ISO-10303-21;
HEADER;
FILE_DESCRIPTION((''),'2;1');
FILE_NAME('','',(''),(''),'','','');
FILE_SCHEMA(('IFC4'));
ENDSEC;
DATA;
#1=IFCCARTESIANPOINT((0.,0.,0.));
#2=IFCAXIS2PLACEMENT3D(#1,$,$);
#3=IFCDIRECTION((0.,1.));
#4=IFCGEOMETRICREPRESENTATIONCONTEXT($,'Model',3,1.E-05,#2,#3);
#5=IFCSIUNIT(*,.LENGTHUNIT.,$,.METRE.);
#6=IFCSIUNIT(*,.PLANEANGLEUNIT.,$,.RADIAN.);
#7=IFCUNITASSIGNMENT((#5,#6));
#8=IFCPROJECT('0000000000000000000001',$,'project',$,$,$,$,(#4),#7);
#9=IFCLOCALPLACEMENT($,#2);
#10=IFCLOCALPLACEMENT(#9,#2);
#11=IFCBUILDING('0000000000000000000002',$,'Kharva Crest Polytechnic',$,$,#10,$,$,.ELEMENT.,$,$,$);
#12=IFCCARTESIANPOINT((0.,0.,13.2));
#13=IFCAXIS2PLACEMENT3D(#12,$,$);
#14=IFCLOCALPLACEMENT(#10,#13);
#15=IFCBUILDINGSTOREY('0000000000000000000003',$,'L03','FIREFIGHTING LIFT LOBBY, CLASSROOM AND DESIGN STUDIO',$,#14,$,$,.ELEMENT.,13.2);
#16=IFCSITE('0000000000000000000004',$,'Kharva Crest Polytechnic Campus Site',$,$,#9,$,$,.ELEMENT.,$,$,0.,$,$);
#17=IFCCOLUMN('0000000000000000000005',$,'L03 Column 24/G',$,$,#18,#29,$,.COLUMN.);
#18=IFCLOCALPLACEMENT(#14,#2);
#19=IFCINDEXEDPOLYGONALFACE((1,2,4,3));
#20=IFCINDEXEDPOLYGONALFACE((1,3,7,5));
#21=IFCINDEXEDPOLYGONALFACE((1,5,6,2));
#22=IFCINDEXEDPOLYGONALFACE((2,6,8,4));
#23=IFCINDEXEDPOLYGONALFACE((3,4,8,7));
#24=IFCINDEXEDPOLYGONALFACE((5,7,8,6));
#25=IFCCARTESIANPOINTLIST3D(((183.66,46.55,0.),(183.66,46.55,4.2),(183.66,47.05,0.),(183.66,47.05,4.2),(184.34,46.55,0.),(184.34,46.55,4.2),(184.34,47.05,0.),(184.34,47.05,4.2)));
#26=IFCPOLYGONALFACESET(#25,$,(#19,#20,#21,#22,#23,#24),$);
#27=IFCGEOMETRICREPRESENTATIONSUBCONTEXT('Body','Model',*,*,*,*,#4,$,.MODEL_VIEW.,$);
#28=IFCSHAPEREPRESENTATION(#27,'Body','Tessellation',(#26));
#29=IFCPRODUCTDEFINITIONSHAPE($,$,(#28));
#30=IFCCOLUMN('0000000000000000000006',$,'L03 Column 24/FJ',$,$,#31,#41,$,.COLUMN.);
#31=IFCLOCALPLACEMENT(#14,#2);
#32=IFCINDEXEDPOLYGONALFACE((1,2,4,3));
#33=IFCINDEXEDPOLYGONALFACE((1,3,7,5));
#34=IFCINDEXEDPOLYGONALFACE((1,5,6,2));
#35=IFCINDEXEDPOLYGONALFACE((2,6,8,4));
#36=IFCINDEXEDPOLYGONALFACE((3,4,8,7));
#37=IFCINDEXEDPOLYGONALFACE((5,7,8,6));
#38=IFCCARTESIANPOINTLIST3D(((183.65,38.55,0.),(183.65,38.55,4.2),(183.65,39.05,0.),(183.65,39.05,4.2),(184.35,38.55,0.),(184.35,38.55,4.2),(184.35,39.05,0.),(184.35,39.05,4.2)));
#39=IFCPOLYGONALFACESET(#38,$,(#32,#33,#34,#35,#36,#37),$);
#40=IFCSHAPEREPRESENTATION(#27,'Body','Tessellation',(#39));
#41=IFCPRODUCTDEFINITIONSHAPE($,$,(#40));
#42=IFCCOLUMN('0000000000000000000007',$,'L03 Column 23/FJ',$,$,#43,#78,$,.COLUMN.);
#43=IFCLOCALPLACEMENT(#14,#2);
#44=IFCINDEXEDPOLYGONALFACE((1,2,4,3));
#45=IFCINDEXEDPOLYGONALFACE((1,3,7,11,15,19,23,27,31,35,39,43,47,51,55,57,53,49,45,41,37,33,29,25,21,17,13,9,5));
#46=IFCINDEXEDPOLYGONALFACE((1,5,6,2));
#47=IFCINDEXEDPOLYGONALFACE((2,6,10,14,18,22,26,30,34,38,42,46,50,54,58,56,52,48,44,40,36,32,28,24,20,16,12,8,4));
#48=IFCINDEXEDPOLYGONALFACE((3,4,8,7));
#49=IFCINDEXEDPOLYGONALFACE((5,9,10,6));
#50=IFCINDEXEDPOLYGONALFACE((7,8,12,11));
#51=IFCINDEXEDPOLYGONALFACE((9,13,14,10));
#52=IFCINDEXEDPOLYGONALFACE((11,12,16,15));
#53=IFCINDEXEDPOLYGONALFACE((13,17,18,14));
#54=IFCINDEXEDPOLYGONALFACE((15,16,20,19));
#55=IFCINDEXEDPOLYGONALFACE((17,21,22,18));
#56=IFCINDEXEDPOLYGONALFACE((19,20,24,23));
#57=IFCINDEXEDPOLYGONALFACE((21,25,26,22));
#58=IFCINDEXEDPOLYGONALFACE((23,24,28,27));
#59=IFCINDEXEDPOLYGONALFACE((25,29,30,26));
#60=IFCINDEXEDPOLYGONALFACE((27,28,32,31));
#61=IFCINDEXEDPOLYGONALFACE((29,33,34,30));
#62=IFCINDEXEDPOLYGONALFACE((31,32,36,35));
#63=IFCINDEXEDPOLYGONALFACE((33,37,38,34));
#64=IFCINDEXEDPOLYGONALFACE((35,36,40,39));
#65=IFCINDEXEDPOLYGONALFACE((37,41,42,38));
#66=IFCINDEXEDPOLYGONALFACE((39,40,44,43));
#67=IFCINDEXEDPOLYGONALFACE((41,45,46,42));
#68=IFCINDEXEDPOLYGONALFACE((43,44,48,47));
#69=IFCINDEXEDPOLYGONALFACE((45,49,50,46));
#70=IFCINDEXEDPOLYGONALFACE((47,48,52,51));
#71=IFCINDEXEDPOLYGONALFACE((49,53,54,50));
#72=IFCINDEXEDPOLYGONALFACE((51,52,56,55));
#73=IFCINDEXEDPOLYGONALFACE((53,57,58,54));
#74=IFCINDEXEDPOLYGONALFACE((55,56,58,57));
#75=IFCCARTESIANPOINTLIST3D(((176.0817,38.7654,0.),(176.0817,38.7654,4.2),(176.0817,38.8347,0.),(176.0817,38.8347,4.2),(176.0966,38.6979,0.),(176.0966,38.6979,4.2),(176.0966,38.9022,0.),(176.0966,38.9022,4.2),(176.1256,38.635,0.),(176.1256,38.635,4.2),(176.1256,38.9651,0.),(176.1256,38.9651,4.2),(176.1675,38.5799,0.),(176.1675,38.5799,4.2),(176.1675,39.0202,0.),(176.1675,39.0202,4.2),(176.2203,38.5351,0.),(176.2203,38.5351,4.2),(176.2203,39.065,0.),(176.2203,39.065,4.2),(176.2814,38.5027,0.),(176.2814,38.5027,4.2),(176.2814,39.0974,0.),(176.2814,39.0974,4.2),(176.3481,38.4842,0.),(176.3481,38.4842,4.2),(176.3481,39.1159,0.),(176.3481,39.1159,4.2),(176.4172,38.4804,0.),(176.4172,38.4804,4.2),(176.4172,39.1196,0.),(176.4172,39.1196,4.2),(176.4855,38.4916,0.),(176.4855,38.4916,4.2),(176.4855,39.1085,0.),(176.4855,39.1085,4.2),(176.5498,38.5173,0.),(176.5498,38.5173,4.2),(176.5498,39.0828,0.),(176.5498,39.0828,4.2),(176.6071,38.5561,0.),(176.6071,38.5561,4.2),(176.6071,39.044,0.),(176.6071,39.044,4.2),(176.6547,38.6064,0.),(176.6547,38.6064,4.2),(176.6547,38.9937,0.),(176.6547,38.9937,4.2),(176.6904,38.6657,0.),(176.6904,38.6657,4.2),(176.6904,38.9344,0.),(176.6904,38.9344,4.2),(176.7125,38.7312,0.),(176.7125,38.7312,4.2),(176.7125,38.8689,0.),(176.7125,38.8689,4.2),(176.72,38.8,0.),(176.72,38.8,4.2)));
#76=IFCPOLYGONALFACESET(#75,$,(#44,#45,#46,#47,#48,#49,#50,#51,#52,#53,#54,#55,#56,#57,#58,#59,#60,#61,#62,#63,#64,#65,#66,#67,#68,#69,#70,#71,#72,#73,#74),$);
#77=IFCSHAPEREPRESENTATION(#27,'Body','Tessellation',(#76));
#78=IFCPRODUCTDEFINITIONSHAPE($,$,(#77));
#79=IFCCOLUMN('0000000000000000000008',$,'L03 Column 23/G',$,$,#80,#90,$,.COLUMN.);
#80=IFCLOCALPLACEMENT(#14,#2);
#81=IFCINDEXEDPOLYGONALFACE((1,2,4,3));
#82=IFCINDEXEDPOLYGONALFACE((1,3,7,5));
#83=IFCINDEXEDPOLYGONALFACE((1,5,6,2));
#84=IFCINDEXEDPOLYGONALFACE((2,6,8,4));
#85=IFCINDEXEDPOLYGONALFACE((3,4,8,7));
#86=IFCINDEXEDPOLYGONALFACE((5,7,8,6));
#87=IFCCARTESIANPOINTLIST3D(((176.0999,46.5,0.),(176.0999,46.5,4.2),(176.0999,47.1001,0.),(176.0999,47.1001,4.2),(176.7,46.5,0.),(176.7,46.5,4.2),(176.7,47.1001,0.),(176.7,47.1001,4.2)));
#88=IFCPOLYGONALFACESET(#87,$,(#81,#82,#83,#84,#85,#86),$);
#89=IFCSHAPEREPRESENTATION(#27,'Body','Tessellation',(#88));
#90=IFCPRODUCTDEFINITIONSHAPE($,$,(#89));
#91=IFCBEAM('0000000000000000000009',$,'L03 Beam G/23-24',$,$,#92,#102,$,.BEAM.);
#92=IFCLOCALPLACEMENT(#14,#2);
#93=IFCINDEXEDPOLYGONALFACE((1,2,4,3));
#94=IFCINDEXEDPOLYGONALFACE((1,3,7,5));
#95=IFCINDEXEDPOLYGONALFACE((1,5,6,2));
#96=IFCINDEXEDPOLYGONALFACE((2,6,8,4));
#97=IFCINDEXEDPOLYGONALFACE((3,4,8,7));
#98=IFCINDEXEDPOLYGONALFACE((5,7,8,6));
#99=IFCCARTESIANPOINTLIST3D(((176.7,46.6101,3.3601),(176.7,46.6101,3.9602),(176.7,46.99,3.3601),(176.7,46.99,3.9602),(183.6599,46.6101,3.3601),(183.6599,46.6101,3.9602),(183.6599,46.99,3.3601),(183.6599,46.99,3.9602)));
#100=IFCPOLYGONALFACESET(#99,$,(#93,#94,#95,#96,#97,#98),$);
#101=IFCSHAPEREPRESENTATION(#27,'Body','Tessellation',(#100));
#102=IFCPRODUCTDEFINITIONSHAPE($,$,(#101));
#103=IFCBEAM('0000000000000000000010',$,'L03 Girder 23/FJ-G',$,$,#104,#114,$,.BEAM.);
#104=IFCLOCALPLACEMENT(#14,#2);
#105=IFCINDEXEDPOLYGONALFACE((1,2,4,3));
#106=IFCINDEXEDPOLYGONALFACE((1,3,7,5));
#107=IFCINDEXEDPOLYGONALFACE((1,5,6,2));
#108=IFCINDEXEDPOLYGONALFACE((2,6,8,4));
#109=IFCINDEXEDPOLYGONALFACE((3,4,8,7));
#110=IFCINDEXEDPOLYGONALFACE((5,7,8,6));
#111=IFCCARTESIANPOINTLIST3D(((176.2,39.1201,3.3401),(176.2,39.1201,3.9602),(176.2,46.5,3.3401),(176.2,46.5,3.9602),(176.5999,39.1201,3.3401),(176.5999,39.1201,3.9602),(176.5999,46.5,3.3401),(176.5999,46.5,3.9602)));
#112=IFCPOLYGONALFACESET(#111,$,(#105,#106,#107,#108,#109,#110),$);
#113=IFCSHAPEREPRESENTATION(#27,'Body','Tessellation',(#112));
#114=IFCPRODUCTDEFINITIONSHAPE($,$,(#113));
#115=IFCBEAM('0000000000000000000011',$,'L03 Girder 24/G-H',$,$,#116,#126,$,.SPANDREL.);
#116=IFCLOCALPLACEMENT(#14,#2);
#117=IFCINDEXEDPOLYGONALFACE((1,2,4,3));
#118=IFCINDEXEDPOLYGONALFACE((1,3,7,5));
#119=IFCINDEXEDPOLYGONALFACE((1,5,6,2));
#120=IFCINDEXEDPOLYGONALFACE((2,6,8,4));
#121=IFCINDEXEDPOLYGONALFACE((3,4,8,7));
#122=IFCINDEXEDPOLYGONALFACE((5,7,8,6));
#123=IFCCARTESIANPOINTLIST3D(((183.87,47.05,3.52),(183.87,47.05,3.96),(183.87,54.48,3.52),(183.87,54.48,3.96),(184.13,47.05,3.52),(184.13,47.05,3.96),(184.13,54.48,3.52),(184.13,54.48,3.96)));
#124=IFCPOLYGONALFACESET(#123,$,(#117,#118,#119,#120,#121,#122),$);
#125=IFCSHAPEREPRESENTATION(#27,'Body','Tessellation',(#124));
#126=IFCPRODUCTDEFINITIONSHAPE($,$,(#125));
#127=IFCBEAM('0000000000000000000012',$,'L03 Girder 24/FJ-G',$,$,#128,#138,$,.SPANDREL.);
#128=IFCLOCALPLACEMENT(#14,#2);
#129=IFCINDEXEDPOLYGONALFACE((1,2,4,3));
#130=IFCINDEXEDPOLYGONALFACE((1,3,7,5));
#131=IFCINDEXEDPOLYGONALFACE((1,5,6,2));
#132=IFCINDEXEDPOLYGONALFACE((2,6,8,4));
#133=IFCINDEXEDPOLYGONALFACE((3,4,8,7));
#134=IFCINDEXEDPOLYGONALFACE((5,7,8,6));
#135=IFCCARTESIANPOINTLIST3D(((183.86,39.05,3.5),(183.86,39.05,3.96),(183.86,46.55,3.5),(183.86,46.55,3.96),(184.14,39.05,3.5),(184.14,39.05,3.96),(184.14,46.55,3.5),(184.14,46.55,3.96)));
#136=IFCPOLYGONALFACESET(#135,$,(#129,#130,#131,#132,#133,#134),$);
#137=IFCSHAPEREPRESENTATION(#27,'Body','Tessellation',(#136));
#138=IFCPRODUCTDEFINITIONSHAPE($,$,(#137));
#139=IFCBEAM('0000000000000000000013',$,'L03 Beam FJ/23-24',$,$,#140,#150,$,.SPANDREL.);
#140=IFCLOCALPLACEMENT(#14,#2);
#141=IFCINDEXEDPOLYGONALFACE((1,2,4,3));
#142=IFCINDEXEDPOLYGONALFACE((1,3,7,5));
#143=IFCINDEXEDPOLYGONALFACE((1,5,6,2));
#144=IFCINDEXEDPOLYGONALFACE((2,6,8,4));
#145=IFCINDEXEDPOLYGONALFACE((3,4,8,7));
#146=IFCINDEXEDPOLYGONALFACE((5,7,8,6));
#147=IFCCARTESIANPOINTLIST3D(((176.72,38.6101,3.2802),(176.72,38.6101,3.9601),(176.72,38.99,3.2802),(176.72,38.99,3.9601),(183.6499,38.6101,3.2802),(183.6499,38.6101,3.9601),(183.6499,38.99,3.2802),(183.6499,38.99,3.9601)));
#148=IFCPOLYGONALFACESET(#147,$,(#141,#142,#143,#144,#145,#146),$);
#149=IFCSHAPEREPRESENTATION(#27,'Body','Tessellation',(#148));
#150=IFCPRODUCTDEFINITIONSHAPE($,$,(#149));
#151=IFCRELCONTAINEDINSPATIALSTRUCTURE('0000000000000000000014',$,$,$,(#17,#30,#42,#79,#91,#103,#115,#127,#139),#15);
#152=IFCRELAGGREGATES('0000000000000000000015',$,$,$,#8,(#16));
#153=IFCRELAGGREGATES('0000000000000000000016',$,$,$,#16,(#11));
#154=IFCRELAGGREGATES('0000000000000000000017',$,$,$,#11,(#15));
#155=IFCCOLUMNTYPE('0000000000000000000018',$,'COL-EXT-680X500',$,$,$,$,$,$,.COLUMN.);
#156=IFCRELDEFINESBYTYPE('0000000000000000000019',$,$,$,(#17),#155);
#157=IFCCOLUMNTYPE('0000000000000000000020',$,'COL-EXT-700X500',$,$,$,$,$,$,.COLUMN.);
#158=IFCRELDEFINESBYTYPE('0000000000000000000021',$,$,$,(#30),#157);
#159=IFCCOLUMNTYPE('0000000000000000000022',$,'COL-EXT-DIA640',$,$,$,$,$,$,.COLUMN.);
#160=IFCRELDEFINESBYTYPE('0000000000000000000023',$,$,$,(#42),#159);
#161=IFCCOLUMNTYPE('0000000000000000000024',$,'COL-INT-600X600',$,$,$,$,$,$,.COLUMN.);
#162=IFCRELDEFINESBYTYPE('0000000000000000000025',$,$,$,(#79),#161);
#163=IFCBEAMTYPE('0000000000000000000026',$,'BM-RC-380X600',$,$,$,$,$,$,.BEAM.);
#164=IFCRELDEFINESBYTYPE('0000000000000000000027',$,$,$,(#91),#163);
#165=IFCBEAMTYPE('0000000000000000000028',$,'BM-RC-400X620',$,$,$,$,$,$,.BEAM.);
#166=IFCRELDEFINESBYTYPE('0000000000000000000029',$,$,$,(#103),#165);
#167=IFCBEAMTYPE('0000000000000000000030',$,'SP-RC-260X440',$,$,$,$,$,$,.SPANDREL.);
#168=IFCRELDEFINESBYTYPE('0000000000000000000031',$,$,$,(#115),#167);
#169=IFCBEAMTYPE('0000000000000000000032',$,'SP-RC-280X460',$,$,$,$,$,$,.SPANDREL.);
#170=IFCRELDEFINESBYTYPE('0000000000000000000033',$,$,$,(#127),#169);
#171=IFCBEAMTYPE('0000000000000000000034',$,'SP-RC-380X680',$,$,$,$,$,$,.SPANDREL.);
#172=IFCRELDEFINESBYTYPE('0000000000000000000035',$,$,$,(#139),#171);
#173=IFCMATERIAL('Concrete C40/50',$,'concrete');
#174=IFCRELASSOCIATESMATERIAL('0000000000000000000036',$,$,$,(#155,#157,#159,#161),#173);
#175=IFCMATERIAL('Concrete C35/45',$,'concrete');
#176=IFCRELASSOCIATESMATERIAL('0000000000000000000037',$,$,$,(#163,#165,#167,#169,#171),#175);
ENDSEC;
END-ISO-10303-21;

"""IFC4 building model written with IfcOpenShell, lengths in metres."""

from ifc_helpers import new_model, si_unit, direction, frame, origin, origin_2d, place, context, subcontext, project, spatial, rectangle, circle, extrude, material, material_profile, profile_set, type_object, element, save


model = new_model("IFC4")

# Units and contexts
model_context = context("Model", 3, precision=1e-05, world=origin(), true_north=direction((0.0, 1.0)))
body_context = subcontext(model_context, "Body", "Model", "MODEL_VIEW")
ifc_project = project(units=[si_unit("LENGTHUNIT", "METRE"), si_unit("PLANEANGLEUNIT", "RADIAN")], contexts=[model_context])

# Site, building, storey
site_placement = place(None, origin())
site = spatial("IfcSite", under=ifc_project, at=site_placement, Name="Kharva Crest Polytechnic Campus Site", CompositionType="ELEMENT", RefElevation=0.0)
building_placement = place(site_placement, origin())
building = spatial("IfcBuilding", under=site, at=building_placement, Name="Kharva Crest Polytechnic", CompositionType="ELEMENT")
storey_placement = place(building_placement, frame((0.0, 0.0, 13.2)))
storey = spatial("IfcBuildingStorey", under=building, at=storey_placement, Name="L03", Description="FIREFIGHTING LIFT LOBBY, CLASSROOM AND DESIGN STUDIO", CompositionType="ELEMENT", Elevation=13.2)

# Columns
ifc_material_1 = material(Name="Concrete C40/50", Category="concrete")
ifc_material_profile_1 = material_profile(ifc_material_1, rectangle(XDim=0.6799, YDim=0.5, at=origin_2d()), Name="RECT 680 X 500")
ifc_profile_set_1 = profile_set([ifc_material_profile_1], Name="Concrete C40/50")
column_type_1 = type_object("IfcColumnType", Name="COL-EXT-680X500", PredefinedType="COLUMN", material=ifc_profile_set_1)
column_1_placement = place(storey_placement, frame((184.0, 46.8, 0.0), z_axis=(0.0, 0.0, 1.0), x_axis=(1.0, 0.0, 0.0)))
element("IfcColumn", 1, at=column_1_placement, inside=storey, type_object=column_type_1, Name="L03 Column 24/G", PredefinedType="COLUMN", context=body_context, shape_type="SweptSolid", body=[
    extrude(rectangle(XDim=0.6799, YDim=0.5, at=origin_2d()), origin(), (0.0, 0.0, 1.0), 4.2),
])
ifc_material_profile_2 = material_profile(ifc_material_1, rectangle(XDim=0.7, YDim=0.5, at=origin_2d()), Name="RECT 700 X 500")
ifc_profile_set_2 = profile_set([ifc_material_profile_2], Name="Concrete C40/50")
column_type_2 = type_object("IfcColumnType", Name="COL-EXT-700X500", PredefinedType="COLUMN", material=ifc_profile_set_2)
column_2_placement = place(storey_placement, frame((184.0, 38.8, 0.0), z_axis=(0.0, 0.0, 1.0), x_axis=(1.0, 0.0, 0.0)))
element("IfcColumn", 2, at=column_2_placement, inside=storey, type_object=column_type_2, Name="L03 Column 24/FJ", PredefinedType="COLUMN", context=body_context, shape_type="SweptSolid", body=[
    extrude(rectangle(XDim=0.7, YDim=0.5, at=origin_2d()), origin(), (0.0, 0.0, 1.0), 4.2),
])
ifc_material_profile_3 = material_profile(ifc_material_1, circle(Radius=0.3201, at=origin_2d()), Name="DIA 640")
ifc_profile_set_3 = profile_set([ifc_material_profile_3], Name="Concrete C40/50")
column_type_3 = type_object("IfcColumnType", Name="COL-EXT-DIA640", PredefinedType="COLUMN", material=ifc_profile_set_3)
column_3_placement = place(storey_placement, frame((176.3999, 38.8, 0.0), z_axis=(0.0, 0.0, 1.0), x_axis=(1.0, 0.0, 0.0)))
element("IfcColumn", 3, at=column_3_placement, inside=storey, type_object=column_type_3, Name="L03 Column 23/FJ", PredefinedType="COLUMN", context=body_context, shape_type="SweptSolid", body=[
    extrude(circle(Radius=0.3201, at=origin_2d()), origin(), (0.0, 0.0, 1.0), 4.2),
])
ifc_material_profile_4 = material_profile(ifc_material_1, rectangle(XDim=0.6001, YDim=0.6001, at=origin_2d()), Name="RECT 600 X 600")
ifc_profile_set_4 = profile_set([ifc_material_profile_4], Name="Concrete C40/50")
column_type_4 = type_object("IfcColumnType", Name="COL-INT-600X600", PredefinedType="COLUMN", material=ifc_profile_set_4)
column_4_placement = place(storey_placement, frame((176.3999, 46.8, 0.0), z_axis=(0.0, 0.0, 1.0), x_axis=(1.0, 0.0, 0.0)))
element("IfcColumn", 4, at=column_4_placement, inside=storey, type_object=column_type_4, Name="L03 Column 23/G", PredefinedType="COLUMN", context=body_context, shape_type="SweptSolid", body=[
    extrude(rectangle(XDim=0.6001, YDim=0.6001, at=origin_2d()), origin(), (0.0, 0.0, 1.0), 4.2),
])

# Beams
ifc_material_2 = material(Name="Concrete C35/45", Category="concrete")
ifc_material_profile_5 = material_profile(ifc_material_2, rectangle(XDim=0.3799, YDim=0.6001, at=origin_2d()), Name="RECT 380 X 600")
ifc_profile_set_5 = profile_set([ifc_material_profile_5], Name="Concrete C35/45")
beam_type_1 = type_object("IfcBeamType", Name="BM-RC-380X600", PredefinedType="BEAM", material=ifc_profile_set_5)
beam_1_placement = place(storey_placement, frame((176.7, 46.8, 3.6602), z_axis=(1.0, 0.0, 0.0), x_axis=(0.0, 1.0, 0.0)))
element("IfcBeam", 5, at=beam_1_placement, inside=storey, type_object=beam_type_1, Name="L03 Beam G/23-24", PredefinedType="BEAM", context=body_context, shape_type="SweptSolid", body=[
    extrude(rectangle(XDim=0.3799, YDim=0.6001, at=origin_2d()), origin(), (0.0, 0.0, 1.0), 6.96),
])
ifc_material_profile_6 = material_profile(ifc_material_2, rectangle(XDim=0.3999, YDim=0.6201, at=origin_2d()), Name="RECT 400 X 620")
ifc_profile_set_6 = profile_set([ifc_material_profile_6], Name="Concrete C35/45")
beam_type_2 = type_object("IfcBeamType", Name="BM-RC-400X620", PredefinedType="BEAM", material=ifc_profile_set_6)
beam_2_placement = place(storey_placement, frame((176.3999, 39.1201, 3.6501), z_axis=(0.0, 1.0, 0.0), x_axis=(-1.0, 0.0, 0.0)))
element("IfcBeam", 6, at=beam_2_placement, inside=storey, type_object=beam_type_2, Name="L03 Girder 23/FJ-G", PredefinedType="BEAM", context=body_context, shape_type="SweptSolid", body=[
    extrude(rectangle(XDim=0.3999, YDim=0.6201, at=origin_2d()), origin(), (0.0, 0.0, 1.0), 7.3799),
])
ifc_material_profile_7 = material_profile(ifc_material_2, rectangle(XDim=0.26, YDim=0.4399, at=origin_2d()), Name="RECT 260 X 440")
ifc_profile_set_7 = profile_set([ifc_material_profile_7], Name="Concrete C35/45")
beam_type_3 = type_object("IfcBeamType", Name="SP-RC-260X440", PredefinedType="SPANDREL", material=ifc_profile_set_7)
beam_3_placement = place(storey_placement, frame((184.0, 47.05, 3.74), z_axis=(0.0, 1.0, 0.0), x_axis=(-1.0, 0.0, 0.0)))
element("IfcBeam", 7, at=beam_3_placement, inside=storey, type_object=beam_type_3, Name="L03 Girder 24/G-H", PredefinedType="SPANDREL", context=body_context, shape_type="SweptSolid", body=[
    extrude(rectangle(XDim=0.26, YDim=0.4399, at=origin_2d()), origin(), (0.0, 0.0, 1.0), 7.4299),
])
ifc_material_profile_8 = material_profile(ifc_material_2, rectangle(XDim=0.28, YDim=0.46, at=origin_2d()), Name="RECT 280 X 460")
ifc_profile_set_8 = profile_set([ifc_material_profile_8], Name="Concrete C35/45")
beam_type_4 = type_object("IfcBeamType", Name="SP-RC-280X460", PredefinedType="SPANDREL", material=ifc_profile_set_8)
beam_4_placement = place(storey_placement, frame((184.0, 39.05, 3.73), z_axis=(0.0, 1.0, 0.0), x_axis=(-1.0, 0.0, 0.0)))
element("IfcBeam", 8, at=beam_4_placement, inside=storey, type_object=beam_type_4, Name="L03 Girder 24/FJ-G", PredefinedType="SPANDREL", context=body_context, shape_type="SweptSolid", body=[
    extrude(rectangle(XDim=0.28, YDim=0.46, at=origin_2d()), origin(), (0.0, 0.0, 1.0), 7.5),
])
ifc_material_profile_9 = material_profile(ifc_material_2, rectangle(XDim=0.3799, YDim=0.6799, at=origin_2d()), Name="RECT 380 X 680")
ifc_profile_set_9 = profile_set([ifc_material_profile_9], Name="Concrete C35/45")
beam_type_5 = type_object("IfcBeamType", Name="SP-RC-380X680", PredefinedType="SPANDREL", material=ifc_profile_set_9)
beam_5_placement = place(storey_placement, frame((176.72, 38.8, 3.6201), z_axis=(1.0, 0.0, 0.0), x_axis=(0.0, 1.0, 0.0)))
element("IfcBeam", 9, at=beam_5_placement, inside=storey, type_object=beam_type_5, Name="L03 Beam FJ/23-24", PredefinedType="SPANDREL", context=body_context, shape_type="SweptSolid", body=[
    extrude(rectangle(XDim=0.3799, YDim=0.6799, at=origin_2d()), origin(), (0.0, 0.0, 1.0), 6.9299),
])

save(model, "model.ifc")
